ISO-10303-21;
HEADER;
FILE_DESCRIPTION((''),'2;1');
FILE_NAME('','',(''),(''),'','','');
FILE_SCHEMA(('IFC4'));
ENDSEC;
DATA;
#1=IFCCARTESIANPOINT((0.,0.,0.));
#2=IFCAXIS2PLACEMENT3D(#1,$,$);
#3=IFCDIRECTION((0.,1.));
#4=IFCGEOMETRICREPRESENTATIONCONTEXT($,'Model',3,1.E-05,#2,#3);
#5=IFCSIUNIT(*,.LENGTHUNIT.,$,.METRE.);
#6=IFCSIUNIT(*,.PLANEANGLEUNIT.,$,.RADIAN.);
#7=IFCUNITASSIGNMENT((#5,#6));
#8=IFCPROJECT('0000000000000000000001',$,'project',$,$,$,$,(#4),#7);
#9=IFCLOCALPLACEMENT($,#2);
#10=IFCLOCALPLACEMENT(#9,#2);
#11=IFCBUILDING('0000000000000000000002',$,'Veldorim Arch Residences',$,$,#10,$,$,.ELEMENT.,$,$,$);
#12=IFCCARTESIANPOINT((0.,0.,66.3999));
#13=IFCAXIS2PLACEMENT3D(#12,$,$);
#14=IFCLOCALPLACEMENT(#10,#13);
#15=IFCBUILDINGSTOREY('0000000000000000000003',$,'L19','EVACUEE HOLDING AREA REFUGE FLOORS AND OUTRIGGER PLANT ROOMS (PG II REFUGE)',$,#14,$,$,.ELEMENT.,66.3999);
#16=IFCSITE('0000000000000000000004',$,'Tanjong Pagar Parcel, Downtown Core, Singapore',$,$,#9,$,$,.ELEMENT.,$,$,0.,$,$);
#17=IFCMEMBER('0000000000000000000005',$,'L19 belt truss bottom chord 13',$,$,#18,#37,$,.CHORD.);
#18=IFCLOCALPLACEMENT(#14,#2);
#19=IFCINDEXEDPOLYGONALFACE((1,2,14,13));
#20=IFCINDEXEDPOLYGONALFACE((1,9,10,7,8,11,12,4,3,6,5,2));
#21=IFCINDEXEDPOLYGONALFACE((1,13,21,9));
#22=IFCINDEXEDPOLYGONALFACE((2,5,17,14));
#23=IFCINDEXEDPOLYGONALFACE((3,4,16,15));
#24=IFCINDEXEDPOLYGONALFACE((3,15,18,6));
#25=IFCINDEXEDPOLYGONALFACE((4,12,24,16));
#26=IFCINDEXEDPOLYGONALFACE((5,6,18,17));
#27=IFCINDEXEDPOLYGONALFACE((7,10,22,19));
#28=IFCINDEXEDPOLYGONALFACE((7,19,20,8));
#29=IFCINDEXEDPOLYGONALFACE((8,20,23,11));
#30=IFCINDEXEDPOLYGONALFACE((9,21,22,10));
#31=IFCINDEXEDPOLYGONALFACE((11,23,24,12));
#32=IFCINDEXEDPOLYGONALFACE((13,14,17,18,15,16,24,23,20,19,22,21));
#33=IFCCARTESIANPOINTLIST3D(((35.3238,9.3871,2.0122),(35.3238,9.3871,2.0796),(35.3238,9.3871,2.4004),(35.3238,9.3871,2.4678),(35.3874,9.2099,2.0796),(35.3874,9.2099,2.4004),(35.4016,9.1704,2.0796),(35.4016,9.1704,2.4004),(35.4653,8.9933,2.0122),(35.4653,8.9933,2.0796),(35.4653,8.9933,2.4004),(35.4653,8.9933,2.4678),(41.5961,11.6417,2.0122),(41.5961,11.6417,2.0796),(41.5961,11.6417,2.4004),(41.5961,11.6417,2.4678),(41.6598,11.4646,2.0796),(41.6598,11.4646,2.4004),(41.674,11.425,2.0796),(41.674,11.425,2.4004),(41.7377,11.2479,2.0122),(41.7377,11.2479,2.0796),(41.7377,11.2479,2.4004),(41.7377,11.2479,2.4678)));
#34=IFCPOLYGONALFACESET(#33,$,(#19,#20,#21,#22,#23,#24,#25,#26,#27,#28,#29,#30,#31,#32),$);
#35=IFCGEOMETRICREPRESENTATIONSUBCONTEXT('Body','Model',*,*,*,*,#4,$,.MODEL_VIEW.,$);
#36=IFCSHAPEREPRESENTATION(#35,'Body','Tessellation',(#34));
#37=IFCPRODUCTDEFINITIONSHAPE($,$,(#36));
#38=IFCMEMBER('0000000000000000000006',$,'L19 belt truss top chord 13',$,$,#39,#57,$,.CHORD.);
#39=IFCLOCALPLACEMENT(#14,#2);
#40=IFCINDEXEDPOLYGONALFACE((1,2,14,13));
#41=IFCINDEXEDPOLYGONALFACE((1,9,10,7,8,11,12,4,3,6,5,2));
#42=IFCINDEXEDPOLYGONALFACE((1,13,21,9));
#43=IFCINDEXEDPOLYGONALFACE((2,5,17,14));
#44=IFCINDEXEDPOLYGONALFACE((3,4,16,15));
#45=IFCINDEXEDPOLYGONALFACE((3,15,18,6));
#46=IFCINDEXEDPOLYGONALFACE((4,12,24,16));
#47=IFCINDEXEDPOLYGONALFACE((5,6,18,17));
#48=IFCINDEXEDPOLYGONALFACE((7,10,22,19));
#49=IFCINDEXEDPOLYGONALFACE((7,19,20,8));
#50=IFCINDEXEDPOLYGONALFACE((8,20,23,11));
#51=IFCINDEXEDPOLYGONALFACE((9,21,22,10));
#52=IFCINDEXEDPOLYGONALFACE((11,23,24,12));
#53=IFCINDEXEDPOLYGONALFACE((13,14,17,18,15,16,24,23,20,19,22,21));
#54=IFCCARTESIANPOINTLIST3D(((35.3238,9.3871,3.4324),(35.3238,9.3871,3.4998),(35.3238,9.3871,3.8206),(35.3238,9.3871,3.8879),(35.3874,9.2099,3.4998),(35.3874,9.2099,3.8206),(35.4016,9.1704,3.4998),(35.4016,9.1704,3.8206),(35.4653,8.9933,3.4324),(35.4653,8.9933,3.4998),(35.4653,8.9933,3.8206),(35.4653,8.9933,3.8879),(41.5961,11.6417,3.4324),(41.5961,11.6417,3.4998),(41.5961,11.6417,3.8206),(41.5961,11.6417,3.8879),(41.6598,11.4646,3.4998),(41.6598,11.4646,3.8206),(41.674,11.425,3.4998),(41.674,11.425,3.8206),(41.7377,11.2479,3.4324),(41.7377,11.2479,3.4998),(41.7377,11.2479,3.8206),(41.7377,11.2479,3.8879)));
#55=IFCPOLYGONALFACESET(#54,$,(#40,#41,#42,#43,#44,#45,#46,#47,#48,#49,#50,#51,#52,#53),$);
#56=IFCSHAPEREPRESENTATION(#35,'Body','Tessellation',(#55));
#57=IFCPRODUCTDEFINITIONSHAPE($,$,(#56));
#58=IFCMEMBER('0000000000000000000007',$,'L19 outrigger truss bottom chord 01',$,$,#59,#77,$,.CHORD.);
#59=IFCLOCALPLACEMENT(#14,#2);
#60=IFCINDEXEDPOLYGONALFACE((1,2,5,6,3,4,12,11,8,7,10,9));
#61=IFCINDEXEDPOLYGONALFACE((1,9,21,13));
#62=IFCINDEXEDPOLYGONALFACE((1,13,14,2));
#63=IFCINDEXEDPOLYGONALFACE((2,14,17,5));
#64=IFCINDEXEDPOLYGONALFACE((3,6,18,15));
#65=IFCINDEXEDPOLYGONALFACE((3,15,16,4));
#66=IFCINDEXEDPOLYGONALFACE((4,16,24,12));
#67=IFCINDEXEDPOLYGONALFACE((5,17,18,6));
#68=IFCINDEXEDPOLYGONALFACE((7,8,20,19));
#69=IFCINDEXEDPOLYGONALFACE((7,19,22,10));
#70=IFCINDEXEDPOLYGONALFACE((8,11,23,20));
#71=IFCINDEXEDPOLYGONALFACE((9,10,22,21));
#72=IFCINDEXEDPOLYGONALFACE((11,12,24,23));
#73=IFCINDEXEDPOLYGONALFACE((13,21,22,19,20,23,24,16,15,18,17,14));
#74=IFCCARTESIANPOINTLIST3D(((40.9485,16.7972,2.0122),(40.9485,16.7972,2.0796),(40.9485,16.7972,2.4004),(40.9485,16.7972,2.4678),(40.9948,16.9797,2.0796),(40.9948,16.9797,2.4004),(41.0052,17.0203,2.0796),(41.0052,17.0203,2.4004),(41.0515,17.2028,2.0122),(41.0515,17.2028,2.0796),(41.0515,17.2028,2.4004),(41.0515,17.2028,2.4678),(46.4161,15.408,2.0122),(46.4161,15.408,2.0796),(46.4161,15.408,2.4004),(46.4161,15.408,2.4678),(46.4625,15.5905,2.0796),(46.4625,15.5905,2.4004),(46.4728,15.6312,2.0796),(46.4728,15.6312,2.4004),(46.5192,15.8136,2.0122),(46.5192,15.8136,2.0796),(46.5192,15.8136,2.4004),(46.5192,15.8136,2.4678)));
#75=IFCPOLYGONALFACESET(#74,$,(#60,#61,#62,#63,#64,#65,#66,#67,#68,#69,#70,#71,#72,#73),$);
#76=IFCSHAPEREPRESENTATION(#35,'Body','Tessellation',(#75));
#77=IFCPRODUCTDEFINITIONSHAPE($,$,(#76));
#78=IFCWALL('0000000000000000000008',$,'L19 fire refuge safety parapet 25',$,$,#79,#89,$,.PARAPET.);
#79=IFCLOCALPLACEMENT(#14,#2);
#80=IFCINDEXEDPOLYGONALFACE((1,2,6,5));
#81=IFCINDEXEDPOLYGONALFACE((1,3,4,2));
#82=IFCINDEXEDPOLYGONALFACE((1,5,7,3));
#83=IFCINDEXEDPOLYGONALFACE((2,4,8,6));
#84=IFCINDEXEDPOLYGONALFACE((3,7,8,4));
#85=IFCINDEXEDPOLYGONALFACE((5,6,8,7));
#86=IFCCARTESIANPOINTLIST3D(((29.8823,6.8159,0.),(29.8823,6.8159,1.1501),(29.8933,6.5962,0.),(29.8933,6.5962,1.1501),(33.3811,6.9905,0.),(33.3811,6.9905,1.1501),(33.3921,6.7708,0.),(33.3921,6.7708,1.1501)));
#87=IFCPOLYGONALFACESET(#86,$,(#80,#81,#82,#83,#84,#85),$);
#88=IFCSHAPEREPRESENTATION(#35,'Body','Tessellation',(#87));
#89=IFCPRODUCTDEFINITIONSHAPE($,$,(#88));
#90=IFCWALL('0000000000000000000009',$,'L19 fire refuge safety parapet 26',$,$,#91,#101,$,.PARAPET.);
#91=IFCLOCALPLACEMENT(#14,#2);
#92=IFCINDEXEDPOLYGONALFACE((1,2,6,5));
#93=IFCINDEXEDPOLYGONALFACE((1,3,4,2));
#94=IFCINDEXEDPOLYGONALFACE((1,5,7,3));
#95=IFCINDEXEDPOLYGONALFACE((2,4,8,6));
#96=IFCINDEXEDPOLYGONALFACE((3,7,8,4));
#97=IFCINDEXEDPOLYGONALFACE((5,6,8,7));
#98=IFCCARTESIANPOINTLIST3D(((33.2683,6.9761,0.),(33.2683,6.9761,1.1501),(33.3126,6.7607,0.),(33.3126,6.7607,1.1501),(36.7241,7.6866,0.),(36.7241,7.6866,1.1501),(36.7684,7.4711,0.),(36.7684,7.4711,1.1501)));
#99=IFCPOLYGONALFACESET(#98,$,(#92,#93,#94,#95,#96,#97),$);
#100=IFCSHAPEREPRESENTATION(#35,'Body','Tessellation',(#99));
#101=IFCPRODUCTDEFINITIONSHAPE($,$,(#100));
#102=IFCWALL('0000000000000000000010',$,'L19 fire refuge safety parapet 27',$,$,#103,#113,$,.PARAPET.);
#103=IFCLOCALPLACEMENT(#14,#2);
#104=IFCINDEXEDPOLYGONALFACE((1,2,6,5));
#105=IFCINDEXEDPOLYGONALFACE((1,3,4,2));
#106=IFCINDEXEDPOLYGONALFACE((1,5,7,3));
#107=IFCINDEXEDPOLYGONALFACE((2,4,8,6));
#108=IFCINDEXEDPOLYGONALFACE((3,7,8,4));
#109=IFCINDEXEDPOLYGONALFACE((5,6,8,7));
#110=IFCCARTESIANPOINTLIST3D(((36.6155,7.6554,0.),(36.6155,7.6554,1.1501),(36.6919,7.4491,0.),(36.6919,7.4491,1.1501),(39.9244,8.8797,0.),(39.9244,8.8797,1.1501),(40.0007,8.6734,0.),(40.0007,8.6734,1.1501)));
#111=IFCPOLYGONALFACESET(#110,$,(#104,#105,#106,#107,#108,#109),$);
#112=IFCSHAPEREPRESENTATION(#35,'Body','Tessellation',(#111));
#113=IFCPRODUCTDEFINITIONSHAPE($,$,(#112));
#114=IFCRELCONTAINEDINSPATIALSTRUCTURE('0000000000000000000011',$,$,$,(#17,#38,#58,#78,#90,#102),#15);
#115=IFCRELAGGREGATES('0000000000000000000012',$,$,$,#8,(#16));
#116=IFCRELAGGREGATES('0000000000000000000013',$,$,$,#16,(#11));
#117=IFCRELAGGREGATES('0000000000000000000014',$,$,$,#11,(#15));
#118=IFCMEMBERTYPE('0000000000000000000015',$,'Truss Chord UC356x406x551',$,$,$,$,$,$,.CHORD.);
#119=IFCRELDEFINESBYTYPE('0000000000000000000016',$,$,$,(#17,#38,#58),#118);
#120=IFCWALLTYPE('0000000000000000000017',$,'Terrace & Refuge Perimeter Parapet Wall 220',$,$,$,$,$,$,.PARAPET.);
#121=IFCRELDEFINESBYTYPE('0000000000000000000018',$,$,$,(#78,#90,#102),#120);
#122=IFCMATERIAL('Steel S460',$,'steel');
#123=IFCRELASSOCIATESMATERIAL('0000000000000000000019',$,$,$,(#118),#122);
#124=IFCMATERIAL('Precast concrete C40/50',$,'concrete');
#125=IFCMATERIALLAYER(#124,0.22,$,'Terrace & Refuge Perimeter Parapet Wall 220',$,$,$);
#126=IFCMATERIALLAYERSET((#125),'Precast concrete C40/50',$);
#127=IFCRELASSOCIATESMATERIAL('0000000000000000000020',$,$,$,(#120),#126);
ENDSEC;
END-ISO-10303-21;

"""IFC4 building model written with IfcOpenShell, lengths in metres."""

from ifc_helpers import new_model, si_unit, direction, frame, frame_2d, origin, origin_2d, place, context, subcontext, project, spatial, rectangle, i_section, extrude, material, layer, layer_set, material_profile, profile_set, type_object, element, save


model = new_model("IFC4")

# Units and contexts
model_context = context("Model", 3, precision=1e-05, world=origin(), true_north=direction((0.0, 1.0)))
body_context = subcontext(model_context, "Body", "Model", "MODEL_VIEW")
ifc_project = project(units=[si_unit("LENGTHUNIT", "METRE"), si_unit("PLANEANGLEUNIT", "RADIAN")], contexts=[model_context])

# Site, building, storey
site_placement = place(None, origin())
site = spatial("IfcSite", under=ifc_project, at=site_placement, Name="Tanjong Pagar Parcel, Downtown Core, Singapore", CompositionType="ELEMENT", RefElevation=0.0)
building_placement = place(site_placement, origin())
building = spatial("IfcBuilding", under=site, at=building_placement, Name="Veldorim Arch Residences", CompositionType="ELEMENT")
storey_placement = place(building_placement, frame((0.0, 0.0, 66.3999)))
storey = spatial("IfcBuildingStorey", under=building, at=storey_placement, Name="L19", Description="EVACUEE HOLDING AREA REFUGE FLOORS AND OUTRIGGER PLANT ROOMS (PG II REFUGE)", CompositionType="ELEMENT", Elevation=66.3999)

# Members
ifc_material_1 = material(Name="Steel S460", Category="steel")
ifc_material_profile_1 = material_profile(ifc_material_1, i_section(OverallWidth=0.4185, OverallDepth=0.4556, WebThickness=0.042, FlangeThickness=0.0674, at=origin_2d()), Name="UC356x406x551")
ifc_profile_set_1 = profile_set([ifc_material_profile_1], Name="Steel S460")
member_type_1 = type_object("IfcMemberType", Name="Truss Chord UC356x406x551", PredefinedType="CHORD", material=ifc_profile_set_1)
for number, where, z_axis, x_axis, name in (
    (1, (35.3945, 9.1902, 2.24), (0.941052, 0.338262, 0.0), (-0.338262, 0.941052, 0.0), "L19 belt truss bottom chord 13"),
    (2, (35.3945, 9.1902, 3.6602), (0.941052, 0.338262, 0.0), (-0.338262, 0.941052, 0.0), "L19 belt truss top chord 13"),
):
    element("IfcMember", number, at=place(storey_placement, frame(where, z_axis=z_axis, x_axis=x_axis)), inside=storey, type_object=member_type_1, Name=name, PredefinedType="CHORD", context=body_context, shape_type="SweptSolid", body=[
        extrude(i_section(OverallWidth=0.4185, OverallDepth=0.4556, WebThickness=0.042, FlangeThickness=0.0674, at=origin_2d()), origin(), (0.0, 0.0, 1.0), 6.6653),
    ])
member_1_placement = place(storey_placement, frame((41.0, 17.0, 2.24), z_axis=(0.969206, -0.246251, 0.0), x_axis=(0.246251, 0.969206, 0.0)))
element("IfcMember", 3, at=member_1_placement, inside=storey, type_object=member_type_1, Name="L19 outrigger truss bottom chord 01", PredefinedType="CHORD", context=body_context, shape_type="SweptSolid", body=[
    extrude(i_section(OverallWidth=0.4185, OverallDepth=0.4556, WebThickness=0.042, FlangeThickness=0.0674, at=origin_2d()), origin(), (0.0, 0.0, 1.0), 5.6414),
])

# Walls
ifc_material_2 = material(Name="Precast concrete C40/50", Category="concrete")
ifc_layer = layer(ifc_material_2, 0.22, Name="Terrace & Refuge Perimeter Parapet Wall 220")
ifc_layer_set = layer_set([ifc_layer], Name="Precast concrete C40/50")
wall_type = type_object("IfcWallType", Name="Terrace & Refuge Perimeter Parapet Wall 220", PredefinedType="PARAPET", material=ifc_layer_set)
wall_placement = place(storey_placement, frame((33.3865, 6.8806, 0.0), z_axis=(0.0, 0.0, 1.0), x_axis=(-0.998758, -0.04983, 0.0)))
element("IfcWall", 4, at=wall_placement, inside=storey, type_object=wall_type, Name="L19 fire refuge safety parapet 25", PredefinedType="PARAPET", context=body_context, shape_type="SweptSolid", body=[
    extrude(rectangle(XDim=3.5032, YDim=0.22, at=frame_2d((1.7515, 0.0))), origin(), (0.0, 0.0, 1.0), 1.1501),
])
for number, where, z_axis, x_axis, name in (
    (5, (36.7463, 7.5789, 0.0), (0.0, 0.0, 1.0), (-0.979515, -0.20137, 0.0), "L19 fire refuge safety parapet 26"),
    (6, (39.9626, 8.7766, 0.0), (0.0, 0.0, 1.0), (-0.937853, -0.347033, 0.0), "L19 fire refuge safety parapet 27"),
):
    element("IfcWall", number, at=place(storey_placement, frame(where, z_axis=z_axis, x_axis=x_axis)), inside=storey, type_object=wall_type, Name=name, PredefinedType="PARAPET", context=body_context, shape_type="SweptSolid", body=[
        extrude(rectangle(XDim=3.5281, YDim=0.22, at=frame_2d((1.7642, 0.0))), origin(), (0.0, 0.0, 1.0), 1.1501),
    ])

save(model, "model.ifc")
